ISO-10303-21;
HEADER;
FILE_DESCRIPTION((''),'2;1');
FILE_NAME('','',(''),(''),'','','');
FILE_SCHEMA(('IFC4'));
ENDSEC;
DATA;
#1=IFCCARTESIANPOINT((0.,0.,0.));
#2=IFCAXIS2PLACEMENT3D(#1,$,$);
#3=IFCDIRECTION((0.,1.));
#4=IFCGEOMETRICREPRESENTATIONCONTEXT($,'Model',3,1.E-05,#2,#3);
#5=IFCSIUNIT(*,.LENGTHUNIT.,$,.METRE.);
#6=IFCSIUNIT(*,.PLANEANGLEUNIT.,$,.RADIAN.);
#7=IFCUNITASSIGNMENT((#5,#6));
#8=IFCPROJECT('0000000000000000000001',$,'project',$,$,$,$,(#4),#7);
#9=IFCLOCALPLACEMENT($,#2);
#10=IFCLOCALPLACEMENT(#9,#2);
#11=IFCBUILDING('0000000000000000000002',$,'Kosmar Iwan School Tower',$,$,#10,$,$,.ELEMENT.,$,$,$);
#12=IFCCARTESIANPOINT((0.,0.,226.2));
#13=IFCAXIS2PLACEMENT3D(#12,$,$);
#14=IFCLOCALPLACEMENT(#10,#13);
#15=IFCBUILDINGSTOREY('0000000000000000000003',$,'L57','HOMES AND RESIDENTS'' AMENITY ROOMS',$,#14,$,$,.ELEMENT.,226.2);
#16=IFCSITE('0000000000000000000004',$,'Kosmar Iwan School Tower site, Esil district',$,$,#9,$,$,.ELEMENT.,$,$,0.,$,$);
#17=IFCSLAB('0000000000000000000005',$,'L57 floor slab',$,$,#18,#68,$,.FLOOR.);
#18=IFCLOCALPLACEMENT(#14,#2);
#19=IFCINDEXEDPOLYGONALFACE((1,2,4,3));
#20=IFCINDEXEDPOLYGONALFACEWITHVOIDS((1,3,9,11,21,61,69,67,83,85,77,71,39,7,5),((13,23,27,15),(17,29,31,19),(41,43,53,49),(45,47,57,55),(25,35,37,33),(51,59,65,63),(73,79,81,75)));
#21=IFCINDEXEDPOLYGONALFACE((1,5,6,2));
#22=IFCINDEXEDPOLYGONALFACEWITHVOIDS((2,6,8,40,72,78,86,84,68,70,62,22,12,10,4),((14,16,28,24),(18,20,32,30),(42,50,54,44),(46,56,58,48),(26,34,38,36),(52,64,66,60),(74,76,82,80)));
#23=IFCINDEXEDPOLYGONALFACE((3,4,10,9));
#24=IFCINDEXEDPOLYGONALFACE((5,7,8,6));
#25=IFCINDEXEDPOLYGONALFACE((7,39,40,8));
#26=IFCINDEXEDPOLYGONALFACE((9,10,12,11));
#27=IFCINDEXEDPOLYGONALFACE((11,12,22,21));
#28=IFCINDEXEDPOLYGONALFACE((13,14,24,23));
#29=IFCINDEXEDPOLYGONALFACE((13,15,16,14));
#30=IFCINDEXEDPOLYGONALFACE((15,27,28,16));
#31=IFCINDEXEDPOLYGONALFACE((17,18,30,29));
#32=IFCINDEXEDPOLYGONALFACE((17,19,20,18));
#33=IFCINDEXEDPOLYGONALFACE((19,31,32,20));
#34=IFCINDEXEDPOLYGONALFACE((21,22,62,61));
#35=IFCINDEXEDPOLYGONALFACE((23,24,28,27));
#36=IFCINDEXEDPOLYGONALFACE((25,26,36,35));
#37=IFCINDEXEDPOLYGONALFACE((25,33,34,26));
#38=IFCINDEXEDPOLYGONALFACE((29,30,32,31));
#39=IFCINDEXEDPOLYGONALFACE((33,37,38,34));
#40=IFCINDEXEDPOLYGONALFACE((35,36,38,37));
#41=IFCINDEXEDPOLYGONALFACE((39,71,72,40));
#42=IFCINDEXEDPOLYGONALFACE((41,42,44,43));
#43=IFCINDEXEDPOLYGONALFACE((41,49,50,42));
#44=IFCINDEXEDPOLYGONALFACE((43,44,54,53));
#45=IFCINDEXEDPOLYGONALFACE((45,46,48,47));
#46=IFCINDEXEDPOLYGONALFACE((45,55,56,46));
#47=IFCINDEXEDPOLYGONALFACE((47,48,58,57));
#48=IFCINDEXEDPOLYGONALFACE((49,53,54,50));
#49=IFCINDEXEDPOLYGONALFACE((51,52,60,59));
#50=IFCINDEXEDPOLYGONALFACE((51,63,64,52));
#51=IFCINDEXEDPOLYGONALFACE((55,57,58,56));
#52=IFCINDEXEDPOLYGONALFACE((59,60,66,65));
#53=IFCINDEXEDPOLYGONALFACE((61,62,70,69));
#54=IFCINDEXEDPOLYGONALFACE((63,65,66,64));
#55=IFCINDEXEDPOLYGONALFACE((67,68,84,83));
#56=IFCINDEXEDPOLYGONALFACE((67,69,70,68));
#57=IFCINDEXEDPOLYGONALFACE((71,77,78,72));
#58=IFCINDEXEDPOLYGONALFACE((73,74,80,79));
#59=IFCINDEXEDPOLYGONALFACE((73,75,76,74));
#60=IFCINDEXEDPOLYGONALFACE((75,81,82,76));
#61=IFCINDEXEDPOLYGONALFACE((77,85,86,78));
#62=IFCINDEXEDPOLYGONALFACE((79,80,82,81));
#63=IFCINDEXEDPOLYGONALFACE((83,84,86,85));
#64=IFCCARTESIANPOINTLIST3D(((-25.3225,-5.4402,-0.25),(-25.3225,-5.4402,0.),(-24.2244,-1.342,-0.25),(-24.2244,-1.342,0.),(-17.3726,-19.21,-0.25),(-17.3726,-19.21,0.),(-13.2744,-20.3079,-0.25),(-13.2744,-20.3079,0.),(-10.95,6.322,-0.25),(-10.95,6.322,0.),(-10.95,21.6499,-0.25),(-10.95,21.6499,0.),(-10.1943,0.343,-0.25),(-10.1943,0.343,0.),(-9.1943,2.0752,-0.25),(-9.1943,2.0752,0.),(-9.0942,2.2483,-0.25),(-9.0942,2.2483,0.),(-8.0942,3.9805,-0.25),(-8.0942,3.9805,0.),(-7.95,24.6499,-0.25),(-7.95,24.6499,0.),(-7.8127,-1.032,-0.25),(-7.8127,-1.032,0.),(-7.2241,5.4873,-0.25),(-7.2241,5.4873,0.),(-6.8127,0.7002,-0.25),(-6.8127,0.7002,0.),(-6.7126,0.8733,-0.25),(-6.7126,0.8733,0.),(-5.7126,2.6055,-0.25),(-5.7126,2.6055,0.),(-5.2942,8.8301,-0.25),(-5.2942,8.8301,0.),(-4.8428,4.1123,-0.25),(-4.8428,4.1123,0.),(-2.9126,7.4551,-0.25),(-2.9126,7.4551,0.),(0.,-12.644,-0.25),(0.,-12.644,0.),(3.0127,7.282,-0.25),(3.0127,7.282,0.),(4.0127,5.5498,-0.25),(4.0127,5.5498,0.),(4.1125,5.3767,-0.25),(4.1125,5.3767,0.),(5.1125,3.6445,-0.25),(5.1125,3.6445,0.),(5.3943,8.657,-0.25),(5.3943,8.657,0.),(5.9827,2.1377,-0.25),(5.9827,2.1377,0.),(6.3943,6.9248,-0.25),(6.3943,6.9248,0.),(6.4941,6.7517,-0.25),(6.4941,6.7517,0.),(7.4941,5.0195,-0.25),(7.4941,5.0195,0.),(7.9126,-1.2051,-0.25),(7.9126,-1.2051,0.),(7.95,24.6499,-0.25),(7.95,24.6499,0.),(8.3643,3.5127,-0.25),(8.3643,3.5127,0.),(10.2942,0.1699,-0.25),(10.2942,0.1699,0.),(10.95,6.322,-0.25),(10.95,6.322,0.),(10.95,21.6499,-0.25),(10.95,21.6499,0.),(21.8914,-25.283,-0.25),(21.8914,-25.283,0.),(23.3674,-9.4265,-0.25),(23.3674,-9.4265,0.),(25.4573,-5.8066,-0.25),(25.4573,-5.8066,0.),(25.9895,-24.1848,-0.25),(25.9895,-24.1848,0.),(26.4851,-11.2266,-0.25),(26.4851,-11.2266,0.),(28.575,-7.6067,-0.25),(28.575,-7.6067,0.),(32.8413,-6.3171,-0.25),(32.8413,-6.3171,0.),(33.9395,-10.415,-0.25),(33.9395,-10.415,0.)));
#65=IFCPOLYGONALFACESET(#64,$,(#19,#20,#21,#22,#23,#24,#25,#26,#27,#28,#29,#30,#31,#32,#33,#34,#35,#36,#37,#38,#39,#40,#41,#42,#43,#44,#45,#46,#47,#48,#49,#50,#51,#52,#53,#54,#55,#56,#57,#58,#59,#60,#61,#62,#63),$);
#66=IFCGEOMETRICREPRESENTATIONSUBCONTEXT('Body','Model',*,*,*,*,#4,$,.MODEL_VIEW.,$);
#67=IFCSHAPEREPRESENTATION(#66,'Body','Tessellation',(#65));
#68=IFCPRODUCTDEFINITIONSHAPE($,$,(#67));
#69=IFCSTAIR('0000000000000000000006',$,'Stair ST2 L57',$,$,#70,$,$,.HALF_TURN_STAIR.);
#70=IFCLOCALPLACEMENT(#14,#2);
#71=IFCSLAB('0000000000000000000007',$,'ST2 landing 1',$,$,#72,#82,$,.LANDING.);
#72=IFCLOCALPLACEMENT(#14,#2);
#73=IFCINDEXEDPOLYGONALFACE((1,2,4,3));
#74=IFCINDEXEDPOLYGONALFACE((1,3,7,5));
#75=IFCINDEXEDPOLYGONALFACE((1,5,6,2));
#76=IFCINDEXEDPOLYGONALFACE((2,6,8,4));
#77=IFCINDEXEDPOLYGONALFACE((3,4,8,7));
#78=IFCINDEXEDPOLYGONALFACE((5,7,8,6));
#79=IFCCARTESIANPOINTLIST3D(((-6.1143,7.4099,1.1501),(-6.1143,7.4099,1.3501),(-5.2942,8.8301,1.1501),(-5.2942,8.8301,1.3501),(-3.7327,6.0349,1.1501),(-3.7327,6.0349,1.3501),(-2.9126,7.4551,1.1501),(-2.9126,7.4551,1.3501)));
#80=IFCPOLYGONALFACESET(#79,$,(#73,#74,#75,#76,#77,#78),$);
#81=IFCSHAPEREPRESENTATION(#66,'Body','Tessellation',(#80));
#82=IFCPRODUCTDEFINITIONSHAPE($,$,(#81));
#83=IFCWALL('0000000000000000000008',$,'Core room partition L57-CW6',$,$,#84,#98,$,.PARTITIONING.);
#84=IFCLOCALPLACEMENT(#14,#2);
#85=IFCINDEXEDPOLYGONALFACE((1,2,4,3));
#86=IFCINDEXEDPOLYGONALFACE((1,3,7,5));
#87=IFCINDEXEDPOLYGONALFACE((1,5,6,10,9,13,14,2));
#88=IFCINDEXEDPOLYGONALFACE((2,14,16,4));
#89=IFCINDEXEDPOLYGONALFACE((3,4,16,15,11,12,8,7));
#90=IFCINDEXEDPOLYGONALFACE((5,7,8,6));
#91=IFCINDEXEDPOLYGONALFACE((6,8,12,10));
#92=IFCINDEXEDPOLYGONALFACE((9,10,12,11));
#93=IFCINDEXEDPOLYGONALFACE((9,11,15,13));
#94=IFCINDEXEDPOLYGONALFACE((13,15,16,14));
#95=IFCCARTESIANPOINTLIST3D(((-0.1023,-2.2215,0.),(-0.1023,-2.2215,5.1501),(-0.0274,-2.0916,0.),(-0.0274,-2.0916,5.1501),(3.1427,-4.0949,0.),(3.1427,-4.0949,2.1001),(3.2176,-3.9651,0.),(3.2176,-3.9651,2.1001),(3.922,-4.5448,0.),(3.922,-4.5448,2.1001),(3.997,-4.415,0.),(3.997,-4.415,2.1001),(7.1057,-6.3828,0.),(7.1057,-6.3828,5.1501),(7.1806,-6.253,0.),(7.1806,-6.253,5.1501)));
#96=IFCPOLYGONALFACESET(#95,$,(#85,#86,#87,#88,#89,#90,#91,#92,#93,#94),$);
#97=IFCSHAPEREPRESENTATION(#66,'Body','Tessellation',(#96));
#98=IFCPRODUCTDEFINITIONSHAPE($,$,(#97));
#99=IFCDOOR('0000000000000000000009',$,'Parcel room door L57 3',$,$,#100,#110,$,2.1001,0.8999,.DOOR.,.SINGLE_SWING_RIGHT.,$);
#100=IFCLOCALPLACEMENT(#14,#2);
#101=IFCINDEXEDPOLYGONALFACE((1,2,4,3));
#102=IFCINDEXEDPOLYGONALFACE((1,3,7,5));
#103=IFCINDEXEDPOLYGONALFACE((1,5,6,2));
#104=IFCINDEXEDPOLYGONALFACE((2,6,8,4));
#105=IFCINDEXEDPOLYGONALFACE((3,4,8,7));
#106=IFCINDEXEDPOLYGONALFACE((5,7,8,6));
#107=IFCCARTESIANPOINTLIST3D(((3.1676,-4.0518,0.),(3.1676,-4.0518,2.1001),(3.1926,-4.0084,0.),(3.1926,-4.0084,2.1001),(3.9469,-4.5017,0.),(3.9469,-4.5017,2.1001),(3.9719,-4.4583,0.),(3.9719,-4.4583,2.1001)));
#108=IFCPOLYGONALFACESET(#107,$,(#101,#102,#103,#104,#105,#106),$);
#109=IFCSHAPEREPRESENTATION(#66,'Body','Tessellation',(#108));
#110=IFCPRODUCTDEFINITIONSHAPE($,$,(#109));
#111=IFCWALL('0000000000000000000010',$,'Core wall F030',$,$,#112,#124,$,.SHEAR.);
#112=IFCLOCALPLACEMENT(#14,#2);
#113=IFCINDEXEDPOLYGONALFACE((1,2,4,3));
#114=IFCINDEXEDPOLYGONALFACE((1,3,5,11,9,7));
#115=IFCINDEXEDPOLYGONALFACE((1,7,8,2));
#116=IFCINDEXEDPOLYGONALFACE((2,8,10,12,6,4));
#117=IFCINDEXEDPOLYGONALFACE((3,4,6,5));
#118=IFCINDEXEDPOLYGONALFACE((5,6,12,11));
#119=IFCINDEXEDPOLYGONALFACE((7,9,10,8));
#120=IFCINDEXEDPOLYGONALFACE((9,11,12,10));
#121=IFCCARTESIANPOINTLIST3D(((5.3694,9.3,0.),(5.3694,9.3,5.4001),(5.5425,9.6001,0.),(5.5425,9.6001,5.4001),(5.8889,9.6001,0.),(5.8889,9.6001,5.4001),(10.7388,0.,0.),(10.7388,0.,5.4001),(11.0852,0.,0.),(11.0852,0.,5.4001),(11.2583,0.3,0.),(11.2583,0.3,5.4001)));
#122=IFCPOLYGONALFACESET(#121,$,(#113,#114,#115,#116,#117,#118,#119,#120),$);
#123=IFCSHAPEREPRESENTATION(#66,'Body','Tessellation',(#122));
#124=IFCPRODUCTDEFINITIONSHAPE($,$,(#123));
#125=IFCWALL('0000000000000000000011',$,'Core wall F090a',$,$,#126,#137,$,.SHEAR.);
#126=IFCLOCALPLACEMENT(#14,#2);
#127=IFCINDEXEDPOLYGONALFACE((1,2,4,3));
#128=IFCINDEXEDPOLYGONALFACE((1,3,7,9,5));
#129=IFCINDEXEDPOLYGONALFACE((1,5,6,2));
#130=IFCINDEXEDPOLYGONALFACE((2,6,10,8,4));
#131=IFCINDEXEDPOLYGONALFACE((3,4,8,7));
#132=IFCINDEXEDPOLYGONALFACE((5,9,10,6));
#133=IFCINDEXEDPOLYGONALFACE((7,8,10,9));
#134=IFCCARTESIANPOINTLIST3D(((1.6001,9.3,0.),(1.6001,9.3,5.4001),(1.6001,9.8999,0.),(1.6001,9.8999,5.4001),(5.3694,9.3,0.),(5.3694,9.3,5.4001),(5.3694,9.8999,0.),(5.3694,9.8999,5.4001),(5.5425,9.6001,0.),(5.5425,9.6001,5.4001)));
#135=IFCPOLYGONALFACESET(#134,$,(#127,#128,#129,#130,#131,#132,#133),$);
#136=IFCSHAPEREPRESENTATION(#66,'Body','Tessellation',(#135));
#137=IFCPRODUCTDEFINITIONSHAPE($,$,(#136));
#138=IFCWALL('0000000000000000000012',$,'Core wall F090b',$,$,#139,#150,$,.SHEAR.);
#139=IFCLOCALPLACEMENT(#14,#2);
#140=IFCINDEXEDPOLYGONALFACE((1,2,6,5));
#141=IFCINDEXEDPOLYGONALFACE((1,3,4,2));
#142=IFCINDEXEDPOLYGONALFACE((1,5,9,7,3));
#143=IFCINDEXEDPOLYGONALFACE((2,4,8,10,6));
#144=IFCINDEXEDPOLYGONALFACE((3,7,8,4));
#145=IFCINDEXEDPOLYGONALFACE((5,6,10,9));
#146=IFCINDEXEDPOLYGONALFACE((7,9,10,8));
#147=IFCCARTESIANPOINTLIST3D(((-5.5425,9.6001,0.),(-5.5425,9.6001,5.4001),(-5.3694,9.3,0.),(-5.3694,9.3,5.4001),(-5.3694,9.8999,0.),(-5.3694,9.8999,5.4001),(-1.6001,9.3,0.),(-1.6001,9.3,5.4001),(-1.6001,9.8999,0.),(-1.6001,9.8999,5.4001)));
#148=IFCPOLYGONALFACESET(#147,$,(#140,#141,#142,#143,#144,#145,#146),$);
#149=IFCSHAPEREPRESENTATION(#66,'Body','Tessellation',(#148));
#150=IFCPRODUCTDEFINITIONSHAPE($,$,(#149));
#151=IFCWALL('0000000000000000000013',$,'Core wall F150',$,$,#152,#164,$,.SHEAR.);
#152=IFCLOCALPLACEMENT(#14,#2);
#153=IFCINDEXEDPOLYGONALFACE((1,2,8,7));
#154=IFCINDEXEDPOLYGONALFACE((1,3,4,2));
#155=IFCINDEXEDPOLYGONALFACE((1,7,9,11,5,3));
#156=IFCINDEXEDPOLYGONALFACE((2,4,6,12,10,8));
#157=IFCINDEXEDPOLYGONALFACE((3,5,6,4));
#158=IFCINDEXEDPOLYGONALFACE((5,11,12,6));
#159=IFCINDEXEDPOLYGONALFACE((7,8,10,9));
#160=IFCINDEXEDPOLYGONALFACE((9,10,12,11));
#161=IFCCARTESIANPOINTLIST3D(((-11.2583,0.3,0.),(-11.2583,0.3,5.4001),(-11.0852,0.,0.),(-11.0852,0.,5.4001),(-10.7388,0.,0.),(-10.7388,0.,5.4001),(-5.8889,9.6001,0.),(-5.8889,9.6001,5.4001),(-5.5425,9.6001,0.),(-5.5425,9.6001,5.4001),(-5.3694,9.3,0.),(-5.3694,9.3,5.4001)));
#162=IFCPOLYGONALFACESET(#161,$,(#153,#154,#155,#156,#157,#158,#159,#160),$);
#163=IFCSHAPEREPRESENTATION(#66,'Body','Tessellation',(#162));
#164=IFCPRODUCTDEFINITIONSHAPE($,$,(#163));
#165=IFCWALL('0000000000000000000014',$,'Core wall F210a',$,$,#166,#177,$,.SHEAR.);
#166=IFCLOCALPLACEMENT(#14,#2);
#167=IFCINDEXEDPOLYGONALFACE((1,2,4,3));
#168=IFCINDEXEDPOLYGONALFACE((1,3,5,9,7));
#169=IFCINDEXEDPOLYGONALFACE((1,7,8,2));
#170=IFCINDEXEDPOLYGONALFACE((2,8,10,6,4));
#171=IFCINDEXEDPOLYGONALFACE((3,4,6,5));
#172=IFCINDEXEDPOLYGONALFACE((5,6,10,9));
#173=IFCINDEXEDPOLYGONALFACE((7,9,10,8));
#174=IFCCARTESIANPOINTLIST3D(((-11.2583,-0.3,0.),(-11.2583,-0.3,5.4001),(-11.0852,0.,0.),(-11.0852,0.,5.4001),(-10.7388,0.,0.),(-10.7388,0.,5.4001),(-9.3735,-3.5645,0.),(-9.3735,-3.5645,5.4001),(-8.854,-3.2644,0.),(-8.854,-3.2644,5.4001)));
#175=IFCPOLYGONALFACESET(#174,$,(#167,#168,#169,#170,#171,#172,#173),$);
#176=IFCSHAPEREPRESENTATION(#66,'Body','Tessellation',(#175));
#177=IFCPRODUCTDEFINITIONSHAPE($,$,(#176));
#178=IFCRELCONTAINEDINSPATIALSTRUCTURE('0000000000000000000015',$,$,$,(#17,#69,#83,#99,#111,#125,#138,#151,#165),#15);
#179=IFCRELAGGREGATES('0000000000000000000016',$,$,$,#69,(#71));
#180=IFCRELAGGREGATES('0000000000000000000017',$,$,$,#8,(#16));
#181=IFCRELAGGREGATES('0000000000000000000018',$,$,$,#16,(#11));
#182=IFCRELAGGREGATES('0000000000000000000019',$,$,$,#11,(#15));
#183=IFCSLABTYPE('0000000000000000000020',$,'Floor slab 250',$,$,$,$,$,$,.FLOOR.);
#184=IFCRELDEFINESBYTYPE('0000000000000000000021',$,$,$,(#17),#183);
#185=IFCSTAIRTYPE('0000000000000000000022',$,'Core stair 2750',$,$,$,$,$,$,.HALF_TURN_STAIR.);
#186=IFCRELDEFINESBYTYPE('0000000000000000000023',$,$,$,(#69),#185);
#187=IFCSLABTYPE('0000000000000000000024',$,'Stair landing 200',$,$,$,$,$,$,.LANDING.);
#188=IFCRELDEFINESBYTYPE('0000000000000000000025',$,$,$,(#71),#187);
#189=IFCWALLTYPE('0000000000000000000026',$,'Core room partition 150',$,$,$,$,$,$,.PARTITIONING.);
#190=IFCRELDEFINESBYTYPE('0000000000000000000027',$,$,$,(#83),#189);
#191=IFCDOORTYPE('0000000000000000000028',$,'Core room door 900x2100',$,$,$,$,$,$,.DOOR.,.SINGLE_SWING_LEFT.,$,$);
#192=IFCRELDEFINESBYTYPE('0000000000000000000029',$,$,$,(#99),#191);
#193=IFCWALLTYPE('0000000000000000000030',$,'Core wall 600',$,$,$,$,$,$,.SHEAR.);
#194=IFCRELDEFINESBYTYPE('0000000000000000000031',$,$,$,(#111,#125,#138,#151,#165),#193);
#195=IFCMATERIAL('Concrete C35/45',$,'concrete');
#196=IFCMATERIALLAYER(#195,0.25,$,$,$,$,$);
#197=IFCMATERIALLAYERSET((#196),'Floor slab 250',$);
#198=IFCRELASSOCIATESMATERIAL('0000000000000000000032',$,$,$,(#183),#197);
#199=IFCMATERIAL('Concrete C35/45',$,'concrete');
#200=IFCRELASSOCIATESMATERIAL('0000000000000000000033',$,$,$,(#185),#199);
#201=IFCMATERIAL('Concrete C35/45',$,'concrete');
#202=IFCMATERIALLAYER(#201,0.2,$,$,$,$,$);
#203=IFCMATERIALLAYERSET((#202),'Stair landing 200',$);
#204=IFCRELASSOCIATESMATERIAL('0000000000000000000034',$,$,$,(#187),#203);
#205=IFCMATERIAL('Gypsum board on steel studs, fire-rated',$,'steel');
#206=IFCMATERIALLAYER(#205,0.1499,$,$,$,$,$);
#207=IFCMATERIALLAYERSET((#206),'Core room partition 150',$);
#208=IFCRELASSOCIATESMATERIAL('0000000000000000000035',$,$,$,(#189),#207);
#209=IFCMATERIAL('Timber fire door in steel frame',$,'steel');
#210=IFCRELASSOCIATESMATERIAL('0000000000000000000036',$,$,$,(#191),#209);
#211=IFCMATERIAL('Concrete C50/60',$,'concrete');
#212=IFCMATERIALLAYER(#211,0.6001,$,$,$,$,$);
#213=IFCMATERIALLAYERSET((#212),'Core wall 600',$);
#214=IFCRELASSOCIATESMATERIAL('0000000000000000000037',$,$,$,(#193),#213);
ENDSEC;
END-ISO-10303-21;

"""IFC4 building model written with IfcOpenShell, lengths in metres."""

from ifc_helpers import new_model, si_unit, direction, frame, frame_2d, origin, place, context, subcontext, project, spatial, polyline, rectangle, outline, extrude, material, layer, layer_set, type_object, element, fill, aggregate, save


model = new_model("IFC4")

# Units and contexts
model_context = context("Model", 3, precision=1e-05, world=origin(), true_north=direction((0.0, 1.0)))
body_context = subcontext(model_context, "Body", "Model", "MODEL_VIEW")
ifc_project = project(units=[si_unit("LENGTHUNIT", "METRE"), si_unit("PLANEANGLEUNIT", "RADIAN")], contexts=[model_context])

# Site, building, storey
site_placement = place(None, origin())
site = spatial("IfcSite", under=ifc_project, at=site_placement, Name="Kosmar Iwan School Tower site, Esil district", CompositionType="ELEMENT", RefElevation=0.0)
building_placement = place(site_placement, origin())
building = spatial("IfcBuilding", under=site, at=building_placement, Name="Kosmar Iwan School Tower", CompositionType="ELEMENT")
storey_placement = place(building_placement, frame((0.0, 0.0, 226.2)))
storey = spatial("IfcBuildingStorey", under=building, at=storey_placement, Name="L57", Description="HOMES AND RESIDENTS' AMENITY ROOMS", CompositionType="ELEMENT", Elevation=226.2)

# Slab
ifc_material_1 = material(Name="Concrete C35/45", Category="concrete")
ifc_layer_1 = layer(ifc_material_1, 0.25)
ifc_layer_set_1 = layer_set([ifc_layer_1], Name="Floor slab 250")
slab_type_1 = type_object("IfcSlabType", Name="Floor slab 250", PredefinedType="FLOOR", material=ifc_layer_set_1)
slab_1_placement = place(storey_placement, frame((0.0, 0.0, -0.25)))
element("IfcSlab", 1, at=slab_1_placement, inside=storey, type_object=slab_type_1, Name="L57 floor slab", PredefinedType="FLOOR", context=body_context, shape_type="SweptSolid", body=[
    extrude(outline(polyline([(21.8914, -25.283), (25.9895, -24.1848), (33.9395, -10.415), (32.8413, -6.3171), (10.95, 6.322), (10.95, 21.6499), (7.95, 24.6499), (-7.95, 24.6499), (-10.95, 21.6499), (-10.95, 6.322), (-24.2244, -1.342), (-25.3225, -5.4402), (-17.3726, -19.21), (-13.2744, -20.3079), (0.0, -12.644), (21.8914, -25.283)]), holes=[polyline([(7.9126, -1.2051), (10.2942, 0.1699), (8.3643, 3.5127), (5.9827, 2.1377), (7.9126, -1.2051)]), polyline([(-2.9126, 7.4551), (-5.2942, 8.8301), (-7.2241, 5.4873), (-4.8428, 4.1123), (-2.9126, 7.4551)]), polyline([(-5.7126, 2.6055), (-8.0942, 3.9805), (-9.0942, 2.2483), (-6.7126, 0.8733), (-5.7126, 2.6055)]), polyline([(-6.8127, 0.7002), (-9.1943, 2.0752), (-10.1943, 0.343), (-7.8127, -1.032), (-6.8127, 0.7002)]), polyline([(5.1125, 3.6445), (7.4941, 5.0195), (6.4941, 6.7517), (4.1125, 5.3767), (5.1125, 3.6445)]), polyline([(4.0127, 5.5498), (6.3943, 6.9248), (5.3943, 8.657), (3.0127, 7.282), (4.0127, 5.5498)]), polyline([(23.3674, -9.4265), (26.4851, -11.2266), (28.575, -7.6067), (25.4573, -5.8066), (23.3674, -9.4265)])]), origin(), (0.0, 0.0, 1.0), 0.25),
])

# Stair, slab
ifc_material_2 = material(Name="Concrete C35/45", Category="concrete")
stair_type = type_object("IfcStairType", Name="Core stair 2750", PredefinedType="HALF_TURN_STAIR", material=ifc_material_2)
stair_placement = place(storey_placement, origin())
stair = element("IfcStair", 2, at=stair_placement, inside=storey, type_object=stair_type, Name="Stair ST2 L57", PredefinedType="HALF_TURN_STAIR")
ifc_material_3 = material(Name="Concrete C35/45", Category="concrete")
ifc_layer_2 = layer(ifc_material_3, 0.2)
ifc_layer_set_2 = layer_set([ifc_layer_2], Name="Stair landing 200")
slab_type_2 = type_object("IfcSlabType", Name="Stair landing 200", PredefinedType="LANDING", material=ifc_layer_set_2)
slab_2_placement = place(storey_placement, frame((0.0, 0.0, 1.1501)))
slab_2 = element("IfcSlab", 3, at=slab_2_placement, type_object=slab_type_2, Name="ST2 landing 1", PredefinedType="LANDING", context=body_context, shape_type="SweptSolid", body=[
    extrude(outline(polyline([(-2.9126, 7.4551), (-5.2942, 8.8301), (-6.1143, 7.4099), (-3.7327, 6.0349), (-2.9126, 7.4551)])), origin(), (0.0, 0.0, 1.0), 0.2),
])
aggregate(stair, [slab_2])

# Wall, opening, door
ifc_material_4 = material(Name="Gypsum board on steel studs, fire-rated", Category="steel")
ifc_layer_3 = layer(ifc_material_4, 0.1499)
ifc_layer_set_3 = layer_set([ifc_layer_3], Name="Core room partition 150")
wall_type_1 = type_object("IfcWallType", Name="Core room partition 150", PredefinedType="PARTITIONING", material=ifc_layer_set_3)
wall_1_placement = place(storey_placement, frame((-0.0649, -2.1565, 0.0), z_axis=(0.0, 0.0, 1.0), x_axis=(0.866034, -0.499985, 0.0)))
wall_1 = element("IfcWall", 4, at=wall_1_placement, inside=storey, type_object=wall_type_1, Name="Core room partition L57-CW6", PredefinedType="PARTITIONING", context=body_context, shape_type="SweptSolid", body=[
    extrude(rectangle(XDim=8.323, YDim=0.1499, at=frame_2d((4.1616, 0.0))), origin(), (0.0, 0.0, 1.0), 5.1501),
])
opening_1_placement = place(wall_1_placement, frame((3.7471, 0.0, 0.0)))
opening_1 = element("IfcOpeningElement", 5, at=opening_1_placement, cuts=wall_1, PredefinedType="OPENING", context=body_context, shape_type="SweptSolid", body=[
    extrude(rectangle(XDim=0.8999, YDim=2.1001, at=frame_2d((0.45, 1.05))), frame((0.0, 0.0869, 0.0), z_axis=(0.0, -1.0, 0.0), x_axis=(1.0, 0.0, 0.0)), (0.0, 0.0, 1.0), 0.1738),
])
ifc_material_5 = material(Name="Timber fire door in steel frame", Category="steel")
door_type_1 = type_object("IfcDoorType", Name="Core room door 900x2100", OperationType="SINGLE_SWING_LEFT", PredefinedType="DOOR", material=ifc_material_5)
door_1_placement = place(opening_1_placement, origin())
door_1 = element("IfcDoor", 6, at=door_1_placement, inside=storey, type_object=door_type_1, Name="Parcel room door L57 3", OperationType="SINGLE_SWING_RIGHT", OverallHeight=2.1001, OverallWidth=0.8999, PredefinedType="DOOR", context=body_context, shape_type="SweptSolid", body=[
    extrude(rectangle(XDim=0.8999, YDim=2.1001, at=frame_2d((0.45, 1.05))), frame((0.0, 0.0249, 0.0), z_axis=(0.0, -1.0, 0.0), x_axis=(1.0, 0.0, 0.0)), (0.0, 0.0, 1.0), 0.05),
])
fill(opening_1, door_1)

# Walls
ifc_material_6 = material(Name="Concrete C50/60", Category="concrete")
ifc_layer_4 = layer(ifc_material_6, 0.6001)
ifc_layer_set_4 = layer_set([ifc_layer_4], Name="Core wall 600")
wall_type_2 = type_object("IfcWallType", Name="Core wall 600", PredefinedType="SHEAR", material=ifc_layer_set_4)
wall_2_placement = place(storey_placement, origin())
element("IfcWall", 7, at=wall_2_placement, inside=storey, type_object=wall_type_2, Name="Core wall F030", PredefinedType="SHEAR", context=body_context, shape_type="SweptSolid", body=[
    extrude(outline(polyline([(10.7388, 0.0), (11.0852, 0.0), (11.2583, 0.3), (5.8889, 9.6001), (5.5425, 9.6001), (5.3694, 9.3), (10.7388, 0.0)])), origin(), (0.0, 0.0, 1.0), 5.4001),
])
wall_3_placement = place(storey_placement, origin())
element("IfcWall", 8, at=wall_3_placement, inside=storey, type_object=wall_type_2, Name="Core wall F090a", PredefinedType="SHEAR", context=body_context, shape_type="SweptSolid", body=[
    extrude(outline(polyline([(1.6001, 9.3), (5.3694, 9.3), (5.5425, 9.6001), (5.3694, 9.8999), (1.6001, 9.8999), (1.6001, 9.3)])), origin(), (0.0, 0.0, 1.0), 5.4001),
])
wall_4_placement = place(storey_placement, origin())
element("IfcWall", 9, at=wall_4_placement, inside=storey, type_object=wall_type_2, Name="Core wall F090b", PredefinedType="SHEAR", context=body_context, shape_type="SweptSolid", body=[
    extrude(outline(polyline([(-5.3694, 9.3), (-1.6001, 9.3), (-1.6001, 9.8999), (-5.3694, 9.8999), (-5.5425, 9.6001), (-5.3694, 9.3)])), origin(), (0.0, 0.0, 1.0), 5.4001),
])
wall_5_placement = place(storey_placement, origin())
element("IfcWall", 10, at=wall_5_placement, inside=storey, type_object=wall_type_2, Name="Core wall F150", PredefinedType="SHEAR", context=body_context, shape_type="SweptSolid", body=[
    extrude(outline(polyline([(-11.0852, 0.0), (-10.7388, 0.0), (-5.3694, 9.3), (-5.5425, 9.6001), (-5.8889, 9.6001), (-11.2583, 0.3), (-11.0852, 0.0)])), origin(), (0.0, 0.0, 1.0), 5.4001),
])
wall_6_placement = place(storey_placement, origin())
element("IfcWall", 11, at=wall_6_placement, inside=storey, type_object=wall_type_2, Name="Core wall F210a", PredefinedType="SHEAR", context=body_context, shape_type="SweptSolid", body=[
    extrude(outline(polyline([(-9.3735, -3.5645), (-8.854, -3.2644), (-10.7388, 0.0), (-11.0852, 0.0), (-11.2583, -0.3), (-9.3735, -3.5645)])), origin(), (0.0, 0.0, 1.0), 5.4001),
])

save(model, "model.ifc")
